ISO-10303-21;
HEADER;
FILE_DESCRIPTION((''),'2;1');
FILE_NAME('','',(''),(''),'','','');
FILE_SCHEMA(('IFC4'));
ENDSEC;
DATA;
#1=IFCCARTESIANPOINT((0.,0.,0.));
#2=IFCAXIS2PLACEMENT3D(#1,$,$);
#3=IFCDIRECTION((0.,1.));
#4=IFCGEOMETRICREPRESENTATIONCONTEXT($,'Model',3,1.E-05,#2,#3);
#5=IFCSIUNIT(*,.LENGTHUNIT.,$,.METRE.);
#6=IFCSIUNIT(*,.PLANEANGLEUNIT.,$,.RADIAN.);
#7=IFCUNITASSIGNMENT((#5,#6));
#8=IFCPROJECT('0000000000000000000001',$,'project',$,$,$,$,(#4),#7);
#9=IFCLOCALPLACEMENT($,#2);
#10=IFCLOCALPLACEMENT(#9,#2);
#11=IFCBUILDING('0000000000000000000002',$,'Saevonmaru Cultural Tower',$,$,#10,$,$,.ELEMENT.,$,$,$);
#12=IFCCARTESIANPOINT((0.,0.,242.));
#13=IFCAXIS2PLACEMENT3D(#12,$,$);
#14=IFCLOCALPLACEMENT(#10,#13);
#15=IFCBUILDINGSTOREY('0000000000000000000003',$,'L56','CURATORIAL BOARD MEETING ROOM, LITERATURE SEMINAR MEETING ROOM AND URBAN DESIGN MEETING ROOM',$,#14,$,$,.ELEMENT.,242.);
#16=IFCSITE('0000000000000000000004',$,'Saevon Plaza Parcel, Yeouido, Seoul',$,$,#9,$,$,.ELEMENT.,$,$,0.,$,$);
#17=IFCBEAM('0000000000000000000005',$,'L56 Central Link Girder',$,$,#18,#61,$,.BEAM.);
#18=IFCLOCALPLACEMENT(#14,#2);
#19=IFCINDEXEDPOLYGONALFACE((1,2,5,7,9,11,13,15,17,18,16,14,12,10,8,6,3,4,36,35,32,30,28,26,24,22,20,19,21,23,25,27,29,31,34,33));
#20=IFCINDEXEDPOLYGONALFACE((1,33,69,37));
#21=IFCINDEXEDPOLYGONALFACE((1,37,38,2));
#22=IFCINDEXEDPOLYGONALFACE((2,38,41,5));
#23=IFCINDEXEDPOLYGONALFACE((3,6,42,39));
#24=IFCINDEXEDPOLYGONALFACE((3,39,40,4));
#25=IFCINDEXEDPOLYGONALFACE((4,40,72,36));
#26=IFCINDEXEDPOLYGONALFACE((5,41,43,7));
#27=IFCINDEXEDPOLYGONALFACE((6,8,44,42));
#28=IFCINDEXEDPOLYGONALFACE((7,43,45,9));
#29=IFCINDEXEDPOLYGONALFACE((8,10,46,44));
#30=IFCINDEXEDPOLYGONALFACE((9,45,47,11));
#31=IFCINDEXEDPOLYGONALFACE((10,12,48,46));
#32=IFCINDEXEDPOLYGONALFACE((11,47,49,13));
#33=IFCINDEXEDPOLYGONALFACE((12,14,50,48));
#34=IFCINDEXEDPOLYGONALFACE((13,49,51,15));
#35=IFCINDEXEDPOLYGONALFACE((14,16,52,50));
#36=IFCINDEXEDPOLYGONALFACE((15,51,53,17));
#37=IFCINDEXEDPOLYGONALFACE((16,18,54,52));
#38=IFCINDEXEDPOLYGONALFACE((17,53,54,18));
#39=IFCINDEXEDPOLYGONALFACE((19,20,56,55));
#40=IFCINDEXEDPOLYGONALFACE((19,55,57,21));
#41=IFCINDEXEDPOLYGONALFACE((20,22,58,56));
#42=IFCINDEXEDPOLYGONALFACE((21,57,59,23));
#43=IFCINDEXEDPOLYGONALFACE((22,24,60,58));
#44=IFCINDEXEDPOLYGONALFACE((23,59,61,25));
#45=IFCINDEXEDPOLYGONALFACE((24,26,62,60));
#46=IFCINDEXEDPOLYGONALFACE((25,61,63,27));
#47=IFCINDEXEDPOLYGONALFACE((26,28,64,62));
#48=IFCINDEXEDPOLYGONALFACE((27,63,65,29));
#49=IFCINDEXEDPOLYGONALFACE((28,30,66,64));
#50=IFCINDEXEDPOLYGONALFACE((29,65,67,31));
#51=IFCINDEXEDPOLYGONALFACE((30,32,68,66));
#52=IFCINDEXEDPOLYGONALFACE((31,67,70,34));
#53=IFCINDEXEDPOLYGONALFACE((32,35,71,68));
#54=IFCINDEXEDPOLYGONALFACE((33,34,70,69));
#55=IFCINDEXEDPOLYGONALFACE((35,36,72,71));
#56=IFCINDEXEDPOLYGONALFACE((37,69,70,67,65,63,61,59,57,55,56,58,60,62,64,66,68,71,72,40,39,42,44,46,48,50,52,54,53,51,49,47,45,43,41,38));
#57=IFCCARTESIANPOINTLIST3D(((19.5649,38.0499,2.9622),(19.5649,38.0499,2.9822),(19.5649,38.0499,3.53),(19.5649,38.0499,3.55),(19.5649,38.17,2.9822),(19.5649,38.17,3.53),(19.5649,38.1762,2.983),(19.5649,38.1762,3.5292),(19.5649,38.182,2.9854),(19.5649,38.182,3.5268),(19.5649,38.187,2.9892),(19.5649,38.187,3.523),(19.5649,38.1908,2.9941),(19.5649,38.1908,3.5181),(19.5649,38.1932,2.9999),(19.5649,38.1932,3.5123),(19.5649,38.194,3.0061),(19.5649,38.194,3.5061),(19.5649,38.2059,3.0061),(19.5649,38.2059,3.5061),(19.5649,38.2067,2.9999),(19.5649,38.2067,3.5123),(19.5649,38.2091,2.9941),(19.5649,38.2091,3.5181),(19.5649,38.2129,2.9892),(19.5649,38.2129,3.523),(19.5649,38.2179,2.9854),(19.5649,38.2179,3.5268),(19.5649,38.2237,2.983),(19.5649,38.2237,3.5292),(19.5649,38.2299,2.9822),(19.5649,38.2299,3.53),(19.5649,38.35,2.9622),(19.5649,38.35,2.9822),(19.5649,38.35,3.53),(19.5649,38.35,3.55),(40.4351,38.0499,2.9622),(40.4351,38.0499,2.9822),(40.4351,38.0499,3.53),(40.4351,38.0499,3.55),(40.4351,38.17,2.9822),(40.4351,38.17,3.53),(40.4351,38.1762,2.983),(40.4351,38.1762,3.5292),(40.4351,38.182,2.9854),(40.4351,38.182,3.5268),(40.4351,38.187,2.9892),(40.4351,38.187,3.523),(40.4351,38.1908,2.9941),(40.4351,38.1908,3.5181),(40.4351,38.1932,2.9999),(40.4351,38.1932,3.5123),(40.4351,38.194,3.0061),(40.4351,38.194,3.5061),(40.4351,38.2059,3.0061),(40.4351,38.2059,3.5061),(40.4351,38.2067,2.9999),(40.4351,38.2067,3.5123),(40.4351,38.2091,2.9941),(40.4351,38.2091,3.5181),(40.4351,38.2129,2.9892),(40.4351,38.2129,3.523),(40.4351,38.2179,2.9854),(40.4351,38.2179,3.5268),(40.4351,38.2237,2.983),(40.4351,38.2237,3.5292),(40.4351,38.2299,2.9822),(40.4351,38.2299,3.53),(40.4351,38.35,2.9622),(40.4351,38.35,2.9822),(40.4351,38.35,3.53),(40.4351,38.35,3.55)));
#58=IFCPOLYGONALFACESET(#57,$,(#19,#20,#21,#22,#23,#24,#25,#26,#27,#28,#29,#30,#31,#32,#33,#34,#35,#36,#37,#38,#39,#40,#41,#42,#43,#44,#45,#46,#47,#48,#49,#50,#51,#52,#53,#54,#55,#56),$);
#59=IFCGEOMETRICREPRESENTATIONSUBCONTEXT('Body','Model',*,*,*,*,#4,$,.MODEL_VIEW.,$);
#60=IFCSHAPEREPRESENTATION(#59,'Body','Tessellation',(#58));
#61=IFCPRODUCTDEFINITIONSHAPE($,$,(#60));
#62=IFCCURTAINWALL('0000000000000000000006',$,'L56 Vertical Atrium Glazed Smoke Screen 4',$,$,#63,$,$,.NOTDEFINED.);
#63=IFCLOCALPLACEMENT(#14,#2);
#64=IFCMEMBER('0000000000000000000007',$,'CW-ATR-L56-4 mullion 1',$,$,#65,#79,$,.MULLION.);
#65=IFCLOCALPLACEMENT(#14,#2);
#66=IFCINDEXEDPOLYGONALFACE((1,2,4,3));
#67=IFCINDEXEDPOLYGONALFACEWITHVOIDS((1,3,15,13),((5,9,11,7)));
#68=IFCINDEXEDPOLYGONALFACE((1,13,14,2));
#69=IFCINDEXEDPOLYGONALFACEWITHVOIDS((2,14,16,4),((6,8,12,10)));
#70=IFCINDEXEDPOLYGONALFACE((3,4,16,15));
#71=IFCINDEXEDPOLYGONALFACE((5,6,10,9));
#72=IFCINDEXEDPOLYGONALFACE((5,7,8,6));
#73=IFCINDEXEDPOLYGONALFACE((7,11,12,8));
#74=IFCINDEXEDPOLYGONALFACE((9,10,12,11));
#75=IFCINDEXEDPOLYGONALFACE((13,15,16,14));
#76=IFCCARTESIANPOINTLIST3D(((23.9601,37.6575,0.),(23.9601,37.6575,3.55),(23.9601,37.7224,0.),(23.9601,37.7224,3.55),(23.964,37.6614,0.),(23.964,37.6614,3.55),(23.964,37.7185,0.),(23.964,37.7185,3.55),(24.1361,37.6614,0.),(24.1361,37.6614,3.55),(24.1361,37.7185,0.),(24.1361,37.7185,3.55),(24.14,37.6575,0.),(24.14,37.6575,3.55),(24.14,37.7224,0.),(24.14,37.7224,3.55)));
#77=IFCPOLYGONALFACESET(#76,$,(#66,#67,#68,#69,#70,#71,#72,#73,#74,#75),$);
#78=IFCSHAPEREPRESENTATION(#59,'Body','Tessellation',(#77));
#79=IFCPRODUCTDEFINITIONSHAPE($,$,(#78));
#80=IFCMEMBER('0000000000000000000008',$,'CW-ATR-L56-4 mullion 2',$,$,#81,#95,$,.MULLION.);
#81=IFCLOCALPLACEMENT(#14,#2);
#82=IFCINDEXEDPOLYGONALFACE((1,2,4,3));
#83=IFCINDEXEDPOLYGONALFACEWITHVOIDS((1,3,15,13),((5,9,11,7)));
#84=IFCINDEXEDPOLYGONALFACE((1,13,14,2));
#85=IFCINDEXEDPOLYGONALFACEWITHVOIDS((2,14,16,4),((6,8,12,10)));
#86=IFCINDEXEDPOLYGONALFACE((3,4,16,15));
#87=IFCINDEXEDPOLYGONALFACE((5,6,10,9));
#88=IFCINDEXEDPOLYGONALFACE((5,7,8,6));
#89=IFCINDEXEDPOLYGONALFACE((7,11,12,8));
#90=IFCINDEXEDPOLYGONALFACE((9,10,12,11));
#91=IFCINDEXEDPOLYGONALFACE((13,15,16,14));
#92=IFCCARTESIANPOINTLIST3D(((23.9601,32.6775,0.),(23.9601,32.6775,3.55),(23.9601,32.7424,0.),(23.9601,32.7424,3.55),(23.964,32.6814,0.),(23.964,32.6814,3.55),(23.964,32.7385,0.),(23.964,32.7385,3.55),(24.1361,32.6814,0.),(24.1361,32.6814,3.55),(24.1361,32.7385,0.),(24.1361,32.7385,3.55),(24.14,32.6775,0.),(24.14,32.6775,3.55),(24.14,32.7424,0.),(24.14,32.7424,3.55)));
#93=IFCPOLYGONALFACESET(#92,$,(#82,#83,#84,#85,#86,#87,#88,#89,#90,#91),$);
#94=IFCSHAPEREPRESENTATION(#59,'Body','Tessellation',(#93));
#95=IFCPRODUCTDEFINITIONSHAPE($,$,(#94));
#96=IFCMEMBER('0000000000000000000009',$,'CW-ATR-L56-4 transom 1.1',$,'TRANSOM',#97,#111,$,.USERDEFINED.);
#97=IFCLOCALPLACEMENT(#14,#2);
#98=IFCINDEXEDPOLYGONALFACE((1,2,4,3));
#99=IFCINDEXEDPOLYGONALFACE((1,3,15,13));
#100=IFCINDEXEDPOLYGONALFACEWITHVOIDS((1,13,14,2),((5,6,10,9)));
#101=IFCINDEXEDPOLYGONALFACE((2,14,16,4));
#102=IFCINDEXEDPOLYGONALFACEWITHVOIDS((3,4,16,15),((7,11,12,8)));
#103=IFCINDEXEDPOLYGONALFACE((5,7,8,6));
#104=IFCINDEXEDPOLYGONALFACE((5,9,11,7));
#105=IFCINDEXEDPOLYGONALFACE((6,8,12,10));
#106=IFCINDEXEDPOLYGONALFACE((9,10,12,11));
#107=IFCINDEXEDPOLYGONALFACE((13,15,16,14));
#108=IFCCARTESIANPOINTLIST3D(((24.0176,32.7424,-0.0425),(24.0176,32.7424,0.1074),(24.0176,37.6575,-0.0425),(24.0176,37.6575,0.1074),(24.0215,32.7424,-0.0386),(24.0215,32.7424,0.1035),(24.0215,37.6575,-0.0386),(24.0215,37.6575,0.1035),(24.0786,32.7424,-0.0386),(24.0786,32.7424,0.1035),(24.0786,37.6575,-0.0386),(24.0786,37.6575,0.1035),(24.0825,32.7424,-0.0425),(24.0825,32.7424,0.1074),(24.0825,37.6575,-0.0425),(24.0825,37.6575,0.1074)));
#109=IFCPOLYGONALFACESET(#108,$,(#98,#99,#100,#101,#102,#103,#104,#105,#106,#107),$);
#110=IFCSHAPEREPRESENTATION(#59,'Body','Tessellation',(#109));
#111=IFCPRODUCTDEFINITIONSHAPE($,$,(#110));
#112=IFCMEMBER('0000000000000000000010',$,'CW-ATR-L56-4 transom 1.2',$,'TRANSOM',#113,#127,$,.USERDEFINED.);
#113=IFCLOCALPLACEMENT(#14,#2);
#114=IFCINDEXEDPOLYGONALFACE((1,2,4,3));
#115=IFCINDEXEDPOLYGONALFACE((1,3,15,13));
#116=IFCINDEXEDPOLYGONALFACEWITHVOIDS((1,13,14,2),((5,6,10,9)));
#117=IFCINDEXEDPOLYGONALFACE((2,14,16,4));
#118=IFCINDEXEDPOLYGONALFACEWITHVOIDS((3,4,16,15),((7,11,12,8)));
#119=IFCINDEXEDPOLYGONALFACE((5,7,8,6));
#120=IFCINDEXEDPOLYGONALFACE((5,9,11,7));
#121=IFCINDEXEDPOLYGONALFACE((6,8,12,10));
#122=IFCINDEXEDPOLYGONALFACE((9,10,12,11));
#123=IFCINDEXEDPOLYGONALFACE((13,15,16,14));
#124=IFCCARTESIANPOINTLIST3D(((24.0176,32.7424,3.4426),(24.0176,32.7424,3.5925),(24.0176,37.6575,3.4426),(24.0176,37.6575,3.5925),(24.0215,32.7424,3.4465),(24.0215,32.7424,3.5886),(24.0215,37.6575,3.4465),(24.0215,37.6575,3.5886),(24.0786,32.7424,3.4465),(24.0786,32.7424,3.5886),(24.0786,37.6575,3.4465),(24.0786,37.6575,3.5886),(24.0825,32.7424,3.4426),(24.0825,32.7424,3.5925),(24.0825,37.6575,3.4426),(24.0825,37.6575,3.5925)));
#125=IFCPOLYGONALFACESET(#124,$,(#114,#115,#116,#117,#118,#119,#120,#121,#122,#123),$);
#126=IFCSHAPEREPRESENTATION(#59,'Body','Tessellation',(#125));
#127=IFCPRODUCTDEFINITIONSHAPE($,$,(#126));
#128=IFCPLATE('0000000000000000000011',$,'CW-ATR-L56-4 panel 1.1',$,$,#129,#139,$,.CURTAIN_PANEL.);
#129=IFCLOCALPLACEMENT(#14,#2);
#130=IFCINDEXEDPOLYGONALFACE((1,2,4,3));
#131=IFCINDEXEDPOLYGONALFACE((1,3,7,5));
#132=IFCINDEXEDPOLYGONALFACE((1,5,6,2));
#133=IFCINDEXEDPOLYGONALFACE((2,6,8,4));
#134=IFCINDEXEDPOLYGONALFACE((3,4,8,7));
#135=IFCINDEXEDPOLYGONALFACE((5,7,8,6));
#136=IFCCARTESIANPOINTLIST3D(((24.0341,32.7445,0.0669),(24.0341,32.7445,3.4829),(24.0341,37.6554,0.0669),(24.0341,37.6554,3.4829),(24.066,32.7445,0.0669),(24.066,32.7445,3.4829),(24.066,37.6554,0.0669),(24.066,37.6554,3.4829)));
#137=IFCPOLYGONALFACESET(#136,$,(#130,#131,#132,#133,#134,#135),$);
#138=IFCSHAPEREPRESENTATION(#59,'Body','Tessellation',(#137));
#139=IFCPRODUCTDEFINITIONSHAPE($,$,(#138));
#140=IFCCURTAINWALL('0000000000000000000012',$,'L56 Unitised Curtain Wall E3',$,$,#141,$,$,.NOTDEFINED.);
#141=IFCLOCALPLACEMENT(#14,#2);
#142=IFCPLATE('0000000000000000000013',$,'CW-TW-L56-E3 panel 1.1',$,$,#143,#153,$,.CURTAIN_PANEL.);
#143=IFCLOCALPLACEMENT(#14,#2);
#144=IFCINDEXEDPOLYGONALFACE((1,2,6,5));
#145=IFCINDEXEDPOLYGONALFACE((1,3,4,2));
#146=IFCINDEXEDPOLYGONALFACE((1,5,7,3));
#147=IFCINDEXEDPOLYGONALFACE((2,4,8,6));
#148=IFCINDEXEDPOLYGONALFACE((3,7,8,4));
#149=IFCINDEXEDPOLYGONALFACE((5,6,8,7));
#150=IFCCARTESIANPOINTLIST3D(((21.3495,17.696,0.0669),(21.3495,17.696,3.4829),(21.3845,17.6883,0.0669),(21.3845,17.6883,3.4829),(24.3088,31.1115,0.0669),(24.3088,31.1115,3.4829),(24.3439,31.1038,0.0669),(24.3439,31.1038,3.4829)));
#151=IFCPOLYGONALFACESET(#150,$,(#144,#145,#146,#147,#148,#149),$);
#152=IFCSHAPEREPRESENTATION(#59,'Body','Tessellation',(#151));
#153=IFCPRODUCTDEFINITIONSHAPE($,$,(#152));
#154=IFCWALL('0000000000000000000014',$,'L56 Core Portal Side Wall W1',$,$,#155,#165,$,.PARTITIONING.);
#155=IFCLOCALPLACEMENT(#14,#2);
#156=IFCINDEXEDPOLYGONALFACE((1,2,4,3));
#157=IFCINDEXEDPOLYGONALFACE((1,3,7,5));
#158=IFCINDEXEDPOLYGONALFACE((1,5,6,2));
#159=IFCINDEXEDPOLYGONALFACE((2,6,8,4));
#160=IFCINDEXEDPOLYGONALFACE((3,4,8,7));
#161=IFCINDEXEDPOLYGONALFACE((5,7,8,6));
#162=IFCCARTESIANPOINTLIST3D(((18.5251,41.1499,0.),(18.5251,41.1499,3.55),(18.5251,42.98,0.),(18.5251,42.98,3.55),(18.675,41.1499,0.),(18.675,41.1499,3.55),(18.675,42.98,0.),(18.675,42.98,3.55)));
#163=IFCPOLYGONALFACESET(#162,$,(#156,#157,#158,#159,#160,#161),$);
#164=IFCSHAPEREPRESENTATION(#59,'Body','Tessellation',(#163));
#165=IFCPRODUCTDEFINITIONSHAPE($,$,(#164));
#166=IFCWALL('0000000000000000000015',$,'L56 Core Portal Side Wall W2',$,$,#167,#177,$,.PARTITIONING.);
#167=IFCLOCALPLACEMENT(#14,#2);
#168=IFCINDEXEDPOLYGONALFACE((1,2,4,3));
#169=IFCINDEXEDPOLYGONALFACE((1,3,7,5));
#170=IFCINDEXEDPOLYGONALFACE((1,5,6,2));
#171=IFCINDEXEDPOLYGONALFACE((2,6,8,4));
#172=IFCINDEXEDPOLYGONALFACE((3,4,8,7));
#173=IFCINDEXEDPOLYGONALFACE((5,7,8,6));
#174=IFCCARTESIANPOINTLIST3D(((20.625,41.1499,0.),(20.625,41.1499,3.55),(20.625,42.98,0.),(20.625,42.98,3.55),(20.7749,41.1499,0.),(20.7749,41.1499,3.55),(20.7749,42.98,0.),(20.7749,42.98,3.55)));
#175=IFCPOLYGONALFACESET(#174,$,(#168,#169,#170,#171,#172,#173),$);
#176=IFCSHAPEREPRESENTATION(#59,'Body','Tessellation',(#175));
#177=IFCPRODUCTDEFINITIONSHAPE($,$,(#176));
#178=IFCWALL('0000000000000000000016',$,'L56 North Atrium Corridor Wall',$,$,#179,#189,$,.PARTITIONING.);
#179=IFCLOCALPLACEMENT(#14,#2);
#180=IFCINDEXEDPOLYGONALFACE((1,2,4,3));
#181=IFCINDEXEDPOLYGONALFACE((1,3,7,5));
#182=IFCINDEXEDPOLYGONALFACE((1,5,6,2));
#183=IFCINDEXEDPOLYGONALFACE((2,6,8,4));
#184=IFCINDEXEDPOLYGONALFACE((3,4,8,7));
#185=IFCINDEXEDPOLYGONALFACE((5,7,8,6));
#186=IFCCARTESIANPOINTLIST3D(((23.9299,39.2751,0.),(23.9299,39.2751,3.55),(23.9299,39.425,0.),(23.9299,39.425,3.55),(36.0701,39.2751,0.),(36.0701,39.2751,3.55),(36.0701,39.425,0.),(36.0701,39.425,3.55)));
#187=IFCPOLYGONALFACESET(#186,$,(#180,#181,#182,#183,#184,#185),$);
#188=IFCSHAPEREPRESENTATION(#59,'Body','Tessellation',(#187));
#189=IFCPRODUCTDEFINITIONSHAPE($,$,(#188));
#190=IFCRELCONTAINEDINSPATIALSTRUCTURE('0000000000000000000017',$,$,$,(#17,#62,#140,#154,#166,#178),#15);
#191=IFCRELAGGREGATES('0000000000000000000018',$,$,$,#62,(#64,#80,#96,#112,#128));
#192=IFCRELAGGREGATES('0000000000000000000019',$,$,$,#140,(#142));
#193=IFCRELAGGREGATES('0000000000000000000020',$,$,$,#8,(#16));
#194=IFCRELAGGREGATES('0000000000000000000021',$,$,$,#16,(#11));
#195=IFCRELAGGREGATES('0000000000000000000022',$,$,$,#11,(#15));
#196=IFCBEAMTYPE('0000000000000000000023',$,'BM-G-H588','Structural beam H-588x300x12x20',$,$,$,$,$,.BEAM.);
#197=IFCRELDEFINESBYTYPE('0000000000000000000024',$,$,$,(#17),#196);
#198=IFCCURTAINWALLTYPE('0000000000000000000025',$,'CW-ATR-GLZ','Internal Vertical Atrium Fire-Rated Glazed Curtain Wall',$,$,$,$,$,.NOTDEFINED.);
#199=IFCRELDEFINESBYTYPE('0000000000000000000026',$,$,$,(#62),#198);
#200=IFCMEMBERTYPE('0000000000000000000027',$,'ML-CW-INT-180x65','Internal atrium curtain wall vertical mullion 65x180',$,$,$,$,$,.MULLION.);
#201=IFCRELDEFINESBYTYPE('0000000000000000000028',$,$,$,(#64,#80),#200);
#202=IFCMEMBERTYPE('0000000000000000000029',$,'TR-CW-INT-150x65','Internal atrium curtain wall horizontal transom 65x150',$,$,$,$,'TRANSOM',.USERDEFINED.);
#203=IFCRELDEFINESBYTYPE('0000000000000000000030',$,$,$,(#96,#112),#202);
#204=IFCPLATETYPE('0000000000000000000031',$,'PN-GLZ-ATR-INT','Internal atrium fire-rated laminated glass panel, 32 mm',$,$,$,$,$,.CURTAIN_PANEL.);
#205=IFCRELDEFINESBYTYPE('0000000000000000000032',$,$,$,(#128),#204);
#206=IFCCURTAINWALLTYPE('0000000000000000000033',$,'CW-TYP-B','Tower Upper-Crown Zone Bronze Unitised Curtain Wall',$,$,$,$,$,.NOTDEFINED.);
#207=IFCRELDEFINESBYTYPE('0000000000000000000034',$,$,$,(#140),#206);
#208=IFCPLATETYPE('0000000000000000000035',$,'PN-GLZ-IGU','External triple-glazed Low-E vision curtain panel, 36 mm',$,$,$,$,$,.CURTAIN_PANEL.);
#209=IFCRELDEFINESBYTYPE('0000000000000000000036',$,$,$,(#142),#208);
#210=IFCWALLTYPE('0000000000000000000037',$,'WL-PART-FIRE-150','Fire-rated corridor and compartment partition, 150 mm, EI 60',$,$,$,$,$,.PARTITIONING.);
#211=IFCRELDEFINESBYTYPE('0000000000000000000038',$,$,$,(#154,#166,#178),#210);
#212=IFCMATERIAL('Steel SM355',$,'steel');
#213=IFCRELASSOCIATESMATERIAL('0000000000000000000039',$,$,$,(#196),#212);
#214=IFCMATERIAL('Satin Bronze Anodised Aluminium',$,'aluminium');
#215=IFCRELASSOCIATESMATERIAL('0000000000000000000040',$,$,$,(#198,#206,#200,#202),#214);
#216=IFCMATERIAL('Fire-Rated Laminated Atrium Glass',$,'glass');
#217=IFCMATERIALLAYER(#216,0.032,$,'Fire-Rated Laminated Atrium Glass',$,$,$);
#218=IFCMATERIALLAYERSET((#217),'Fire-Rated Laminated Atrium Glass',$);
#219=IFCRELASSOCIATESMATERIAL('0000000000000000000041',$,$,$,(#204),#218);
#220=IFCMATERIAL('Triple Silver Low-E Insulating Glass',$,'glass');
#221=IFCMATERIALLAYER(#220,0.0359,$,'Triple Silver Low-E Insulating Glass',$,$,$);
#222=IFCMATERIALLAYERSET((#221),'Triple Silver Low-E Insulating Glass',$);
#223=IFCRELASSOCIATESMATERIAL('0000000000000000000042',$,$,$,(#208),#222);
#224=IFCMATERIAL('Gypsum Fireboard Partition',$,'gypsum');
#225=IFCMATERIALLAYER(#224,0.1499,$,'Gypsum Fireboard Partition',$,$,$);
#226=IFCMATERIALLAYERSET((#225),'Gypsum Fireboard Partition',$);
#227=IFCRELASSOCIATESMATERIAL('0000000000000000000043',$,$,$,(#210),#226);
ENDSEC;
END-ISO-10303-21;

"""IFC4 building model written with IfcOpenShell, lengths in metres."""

from ifc_helpers import new_model, si_unit, direction, frame, frame_2d, origin, origin_2d, place, context, subcontext, project, spatial, rectangle, hollow_rectangle, i_section, extrude, material, layer, layer_set, material_profile, profile_set, type_object, element, aggregate, save


model = new_model("IFC4")

# Units and contexts
model_context = context("Model", 3, precision=1e-05, world=origin(), true_north=direction((0.0, 1.0)))
body_context = subcontext(model_context, "Body", "Model", "MODEL_VIEW")
ifc_project = project(units=[si_unit("LENGTHUNIT", "METRE"), si_unit("PLANEANGLEUNIT", "RADIAN")], contexts=[model_context])

# Site, building, storey
site_placement = place(None, origin())
site = spatial("IfcSite", under=ifc_project, at=site_placement, Name="Saevon Plaza Parcel, Yeouido, Seoul", CompositionType="ELEMENT", RefElevation=0.0)
building_placement = place(site_placement, origin())
building = spatial("IfcBuilding", under=site, at=building_placement, Name="Saevonmaru Cultural Tower", CompositionType="ELEMENT")
storey_placement = place(building_placement, frame((0.0, 0.0, 242.0)))
storey = spatial("IfcBuildingStorey", under=building, at=storey_placement, Name="L56", Description="CURATORIAL BOARD MEETING ROOM, LITERATURE SEMINAR MEETING ROOM AND URBAN DESIGN MEETING ROOM", CompositionType="ELEMENT", Elevation=242.0)

# Shared definitions
ifc_material_1 = material(Name="Steel SM355", Category="steel")

# Beam
ifc_material_profile_1 = material_profile(ifc_material_1, i_section(OverallWidth=0.3, OverallDepth=0.5879, WebThickness=0.012, FlangeThickness=0.02, FilletRadius=0.0239, at=origin_2d()), Name="H-588x300x12x20")
ifc_profile_set_1 = profile_set([ifc_material_profile_1], Name="Steel SM355")
beam_type = type_object("IfcBeamType", Name="BM-G-H588", Description="Structural beam H-588x300x12x20", PredefinedType="BEAM", material=ifc_profile_set_1)
beam_1_placement = place(storey_placement, frame((19.5649, 38.2, 3.2561), z_axis=(1.0, 0.0, 0.0), x_axis=(0.0, 1.0, 0.0)))
element("IfcBeam", 1, at=beam_1_placement, inside=storey, type_object=beam_type, Name="L56 Central Link Girder", PredefinedType="BEAM", context=body_context, shape_type="SweptSolid", body=[
    extrude(i_section(OverallWidth=0.3, OverallDepth=0.5879, WebThickness=0.012, FlangeThickness=0.02, FilletRadius=0.0239, at=origin_2d()), origin(), (0.0, 0.0, 1.0), 20.8701),
])

# Curtain wall, members, plate
ifc_material_2 = material(Name="Satin Bronze Anodised Aluminium", Category="aluminium")
curtain_wall_type_1 = type_object("IfcCurtainWallType", Name="CW-ATR-GLZ", Description="Internal Vertical Atrium Fire-Rated Glazed Curtain Wall", PredefinedType="NOTDEFINED", material=ifc_material_2)
curtain_wall_1_placement = place(storey_placement, origin())
curtain_wall_1 = element("IfcCurtainWall", 2, at=curtain_wall_1_placement, inside=storey, type_object=curtain_wall_type_1, Name="L56 Vertical Atrium Glazed Smoke Screen 4", PredefinedType="NOTDEFINED")
ifc_material_profile_2 = material_profile(ifc_material_2, hollow_rectangle(XDim=0.0649, YDim=0.1799, WallThickness=0.0039, at=origin_2d()), Name="ALU-MULL-180x65x4")
ifc_profile_set_2 = profile_set([ifc_material_profile_2], Name="Satin Bronze Anodised Aluminium")
member_type_1 = type_object("IfcMemberType", Name="ML-CW-INT-180x65", Description="Internal atrium curtain wall vertical mullion 65x180", PredefinedType="MULLION", material=ifc_profile_set_2)
member_1_placement = place(storey_placement, frame((24.05, 37.6899, 0.0), z_axis=(0.0, 0.0, 1.0), x_axis=(0.0, -1.0, 0.0)))
member_1 = element("IfcMember", 3, at=member_1_placement, type_object=member_type_1, Name="CW-ATR-L56-4 mullion 1", PredefinedType="MULLION", context=body_context, shape_type="SweptSolid", body=[
    extrude(hollow_rectangle(XDim=0.0649, YDim=0.1799, WallThickness=0.0039, at=origin_2d()), origin(), (0.0, 0.0, 1.0), 3.55),
])
member_2_placement = place(storey_placement, frame((24.05, 32.71, 0.0), z_axis=(0.0, 0.0, 1.0), x_axis=(0.0, -1.0, 0.0)))
member_2 = element("IfcMember", 4, at=member_2_placement, type_object=member_type_1, Name="CW-ATR-L56-4 mullion 2", PredefinedType="MULLION", context=body_context, shape_type="SweptSolid", body=[
    extrude(hollow_rectangle(XDim=0.0649, YDim=0.1799, WallThickness=0.0039, at=origin_2d()), origin(), (0.0, 0.0, 1.0), 3.55),
])
ifc_material_profile_3 = material_profile(ifc_material_2, hollow_rectangle(XDim=0.0649, YDim=0.1499, WallThickness=0.0039, at=origin_2d()), Name="ALU-TRAN-150x65x4")
ifc_profile_set_3 = profile_set([ifc_material_profile_3], Name="Satin Bronze Anodised Aluminium")
member_type_2 = type_object("IfcMemberType", Name="TR-CW-INT-150x65", Description="Internal atrium curtain wall horizontal transom 65x150", ElementType="TRANSOM", PredefinedType="USERDEFINED", material=ifc_profile_set_3)
member_3_placement = place(storey_placement, frame((24.05, 37.6575, 0.0325), z_axis=(0.0, -1.0, 0.0), x_axis=(1.0, 0.0, 0.0)))
member_3 = element("IfcMember", 5, at=member_3_placement, type_object=member_type_2, Name="CW-ATR-L56-4 transom 1.1", ObjectType="TRANSOM", PredefinedType="USERDEFINED", context=body_context, shape_type="SweptSolid", body=[
    extrude(hollow_rectangle(XDim=0.0649, YDim=0.1499, WallThickness=0.0039, at=origin_2d()), origin(), (0.0, 0.0, 1.0), 4.915),
])
member_4_placement = place(storey_placement, frame((24.05, 37.6575, 3.5176), z_axis=(0.0, -1.0, 0.0), x_axis=(1.0, 0.0, 0.0)))
member_4 = element("IfcMember", 6, at=member_4_placement, type_object=member_type_2, Name="CW-ATR-L56-4 transom 1.2", ObjectType="TRANSOM", PredefinedType="USERDEFINED", context=body_context, shape_type="SweptSolid", body=[
    extrude(hollow_rectangle(XDim=0.0649, YDim=0.1499, WallThickness=0.0039, at=origin_2d()), origin(), (0.0, 0.0, 1.0), 4.915),
])
ifc_material_3 = material(Name="Fire-Rated Laminated Atrium Glass", Category="glass")
ifc_layer_1 = layer(ifc_material_3, 0.032, Name="Fire-Rated Laminated Atrium Glass")
ifc_layer_set_1 = layer_set([ifc_layer_1], Name="Fire-Rated Laminated Atrium Glass")
plate_type_1 = type_object("IfcPlateType", Name="PN-GLZ-ATR-INT", Description="Internal atrium fire-rated laminated glass panel, 32 mm", PredefinedType="CURTAIN_PANEL", material=ifc_layer_set_1)
plate_1_placement = place(storey_placement, frame((24.05, 35.2, 0.0669), z_axis=(0.0, 0.0, 1.0), x_axis=(0.0, -1.0, 0.0)))
plate_1 = element("IfcPlate", 7, at=plate_1_placement, type_object=plate_type_1, Name="CW-ATR-L56-4 panel 1.1", PredefinedType="CURTAIN_PANEL", context=body_context, shape_type="SweptSolid", body=[
    extrude(rectangle(XDim=4.9109, YDim=0.032, at=origin_2d()), origin(), (0.0, 0.0, 1.0), 3.416),
])
aggregate(curtain_wall_1, [member_1, member_2, member_3, member_4, plate_1])

# Curtain wall, plate
curtain_wall_type_2 = type_object("IfcCurtainWallType", Name="CW-TYP-B", Description="Tower Upper-Crown Zone Bronze Unitised Curtain Wall", PredefinedType="NOTDEFINED", material=ifc_material_2)
curtain_wall_2_placement = place(storey_placement, origin())
curtain_wall_2 = element("IfcCurtainWall", 8, at=curtain_wall_2_placement, inside=storey, type_object=curtain_wall_type_2, Name="L56 Unitised Curtain Wall E3", PredefinedType="NOTDEFINED")
ifc_material_4 = material(Name="Triple Silver Low-E Insulating Glass", Category="glass")
ifc_layer_2 = layer(ifc_material_4, 0.0359, Name="Triple Silver Low-E Insulating Glass")
ifc_layer_set_2 = layer_set([ifc_layer_2], Name="Triple Silver Low-E Insulating Glass")
plate_type_2 = type_object("IfcPlateType", Name="PN-GLZ-IGU", Description="External triple-glazed Low-E vision curtain panel, 36 mm", PredefinedType="CURTAIN_PANEL", material=ifc_layer_set_2)
plate_2_placement = place(storey_placement, frame((22.8467, 24.3999, 0.0669), z_axis=(0.0, 0.0, 1.0), x_axis=(0.215413, 0.976523, 0.0)))
plate_2 = element("IfcPlate", 9, at=plate_2_placement, type_object=plate_type_2, Name="CW-TW-L56-E3 panel 1.1", PredefinedType="CURTAIN_PANEL", context=body_context, shape_type="SweptSolid", body=[
    extrude(rectangle(XDim=13.738, YDim=0.0359, at=origin_2d()), origin(), (0.0, 0.0, 1.0), 3.416),
])
aggregate(curtain_wall_2, [plate_2])

# Walls
ifc_material_5 = material(Name="Gypsum Fireboard Partition", Category="gypsum")
ifc_layer_3 = layer(ifc_material_5, 0.1499, Name="Gypsum Fireboard Partition")
ifc_layer_set_3 = layer_set([ifc_layer_3], Name="Gypsum Fireboard Partition")
wall_type_1 = type_object("IfcWallType", Name="WL-PART-FIRE-150", Description="Fire-rated corridor and compartment partition, 150 mm, EI 60", PredefinedType="PARTITIONING", material=ifc_layer_set_3)
for number, where, z_axis, x_axis, name in (
    (10, (18.6001, 41.1499, 0.0), (0.0, 0.0, 1.0), (0.0, 1.0, 0.0), "L56 Core Portal Side Wall W1"),
    (11, (20.7, 41.1499, 0.0), (0.0, 0.0, 1.0), (0.0, 1.0, 0.0), "L56 Core Portal Side Wall W2"),
):
    element("IfcWall", number, at=place(storey_placement, frame(where, z_axis=z_axis, x_axis=x_axis)), inside=storey, type_object=wall_type_1, Name=name, PredefinedType="PARTITIONING", context=body_context, shape_type="SweptSolid", body=[
        extrude(rectangle(XDim=1.8301, YDim=0.1499, at=frame_2d((0.915, 0.0))), origin(), (0.0, 0.0, 1.0), 3.55),
    ])
wall_1_placement = place(storey_placement, frame((23.9299, 39.3501, 0.0), z_axis=(0.0, 0.0, 1.0), x_axis=(1.0, 0.0, 0.0)))
element("IfcWall", 12, at=wall_1_placement, inside=storey, type_object=wall_type_1, Name="L56 North Atrium Corridor Wall", PredefinedType="PARTITIONING", context=body_context, shape_type="SweptSolid", body=[
    extrude(rectangle(XDim=12.1401, YDim=0.1499, at=frame_2d((6.0701, 0.0))), origin(), (0.0, 0.0, 1.0), 3.55),
])

save(model, "model.ifc")
